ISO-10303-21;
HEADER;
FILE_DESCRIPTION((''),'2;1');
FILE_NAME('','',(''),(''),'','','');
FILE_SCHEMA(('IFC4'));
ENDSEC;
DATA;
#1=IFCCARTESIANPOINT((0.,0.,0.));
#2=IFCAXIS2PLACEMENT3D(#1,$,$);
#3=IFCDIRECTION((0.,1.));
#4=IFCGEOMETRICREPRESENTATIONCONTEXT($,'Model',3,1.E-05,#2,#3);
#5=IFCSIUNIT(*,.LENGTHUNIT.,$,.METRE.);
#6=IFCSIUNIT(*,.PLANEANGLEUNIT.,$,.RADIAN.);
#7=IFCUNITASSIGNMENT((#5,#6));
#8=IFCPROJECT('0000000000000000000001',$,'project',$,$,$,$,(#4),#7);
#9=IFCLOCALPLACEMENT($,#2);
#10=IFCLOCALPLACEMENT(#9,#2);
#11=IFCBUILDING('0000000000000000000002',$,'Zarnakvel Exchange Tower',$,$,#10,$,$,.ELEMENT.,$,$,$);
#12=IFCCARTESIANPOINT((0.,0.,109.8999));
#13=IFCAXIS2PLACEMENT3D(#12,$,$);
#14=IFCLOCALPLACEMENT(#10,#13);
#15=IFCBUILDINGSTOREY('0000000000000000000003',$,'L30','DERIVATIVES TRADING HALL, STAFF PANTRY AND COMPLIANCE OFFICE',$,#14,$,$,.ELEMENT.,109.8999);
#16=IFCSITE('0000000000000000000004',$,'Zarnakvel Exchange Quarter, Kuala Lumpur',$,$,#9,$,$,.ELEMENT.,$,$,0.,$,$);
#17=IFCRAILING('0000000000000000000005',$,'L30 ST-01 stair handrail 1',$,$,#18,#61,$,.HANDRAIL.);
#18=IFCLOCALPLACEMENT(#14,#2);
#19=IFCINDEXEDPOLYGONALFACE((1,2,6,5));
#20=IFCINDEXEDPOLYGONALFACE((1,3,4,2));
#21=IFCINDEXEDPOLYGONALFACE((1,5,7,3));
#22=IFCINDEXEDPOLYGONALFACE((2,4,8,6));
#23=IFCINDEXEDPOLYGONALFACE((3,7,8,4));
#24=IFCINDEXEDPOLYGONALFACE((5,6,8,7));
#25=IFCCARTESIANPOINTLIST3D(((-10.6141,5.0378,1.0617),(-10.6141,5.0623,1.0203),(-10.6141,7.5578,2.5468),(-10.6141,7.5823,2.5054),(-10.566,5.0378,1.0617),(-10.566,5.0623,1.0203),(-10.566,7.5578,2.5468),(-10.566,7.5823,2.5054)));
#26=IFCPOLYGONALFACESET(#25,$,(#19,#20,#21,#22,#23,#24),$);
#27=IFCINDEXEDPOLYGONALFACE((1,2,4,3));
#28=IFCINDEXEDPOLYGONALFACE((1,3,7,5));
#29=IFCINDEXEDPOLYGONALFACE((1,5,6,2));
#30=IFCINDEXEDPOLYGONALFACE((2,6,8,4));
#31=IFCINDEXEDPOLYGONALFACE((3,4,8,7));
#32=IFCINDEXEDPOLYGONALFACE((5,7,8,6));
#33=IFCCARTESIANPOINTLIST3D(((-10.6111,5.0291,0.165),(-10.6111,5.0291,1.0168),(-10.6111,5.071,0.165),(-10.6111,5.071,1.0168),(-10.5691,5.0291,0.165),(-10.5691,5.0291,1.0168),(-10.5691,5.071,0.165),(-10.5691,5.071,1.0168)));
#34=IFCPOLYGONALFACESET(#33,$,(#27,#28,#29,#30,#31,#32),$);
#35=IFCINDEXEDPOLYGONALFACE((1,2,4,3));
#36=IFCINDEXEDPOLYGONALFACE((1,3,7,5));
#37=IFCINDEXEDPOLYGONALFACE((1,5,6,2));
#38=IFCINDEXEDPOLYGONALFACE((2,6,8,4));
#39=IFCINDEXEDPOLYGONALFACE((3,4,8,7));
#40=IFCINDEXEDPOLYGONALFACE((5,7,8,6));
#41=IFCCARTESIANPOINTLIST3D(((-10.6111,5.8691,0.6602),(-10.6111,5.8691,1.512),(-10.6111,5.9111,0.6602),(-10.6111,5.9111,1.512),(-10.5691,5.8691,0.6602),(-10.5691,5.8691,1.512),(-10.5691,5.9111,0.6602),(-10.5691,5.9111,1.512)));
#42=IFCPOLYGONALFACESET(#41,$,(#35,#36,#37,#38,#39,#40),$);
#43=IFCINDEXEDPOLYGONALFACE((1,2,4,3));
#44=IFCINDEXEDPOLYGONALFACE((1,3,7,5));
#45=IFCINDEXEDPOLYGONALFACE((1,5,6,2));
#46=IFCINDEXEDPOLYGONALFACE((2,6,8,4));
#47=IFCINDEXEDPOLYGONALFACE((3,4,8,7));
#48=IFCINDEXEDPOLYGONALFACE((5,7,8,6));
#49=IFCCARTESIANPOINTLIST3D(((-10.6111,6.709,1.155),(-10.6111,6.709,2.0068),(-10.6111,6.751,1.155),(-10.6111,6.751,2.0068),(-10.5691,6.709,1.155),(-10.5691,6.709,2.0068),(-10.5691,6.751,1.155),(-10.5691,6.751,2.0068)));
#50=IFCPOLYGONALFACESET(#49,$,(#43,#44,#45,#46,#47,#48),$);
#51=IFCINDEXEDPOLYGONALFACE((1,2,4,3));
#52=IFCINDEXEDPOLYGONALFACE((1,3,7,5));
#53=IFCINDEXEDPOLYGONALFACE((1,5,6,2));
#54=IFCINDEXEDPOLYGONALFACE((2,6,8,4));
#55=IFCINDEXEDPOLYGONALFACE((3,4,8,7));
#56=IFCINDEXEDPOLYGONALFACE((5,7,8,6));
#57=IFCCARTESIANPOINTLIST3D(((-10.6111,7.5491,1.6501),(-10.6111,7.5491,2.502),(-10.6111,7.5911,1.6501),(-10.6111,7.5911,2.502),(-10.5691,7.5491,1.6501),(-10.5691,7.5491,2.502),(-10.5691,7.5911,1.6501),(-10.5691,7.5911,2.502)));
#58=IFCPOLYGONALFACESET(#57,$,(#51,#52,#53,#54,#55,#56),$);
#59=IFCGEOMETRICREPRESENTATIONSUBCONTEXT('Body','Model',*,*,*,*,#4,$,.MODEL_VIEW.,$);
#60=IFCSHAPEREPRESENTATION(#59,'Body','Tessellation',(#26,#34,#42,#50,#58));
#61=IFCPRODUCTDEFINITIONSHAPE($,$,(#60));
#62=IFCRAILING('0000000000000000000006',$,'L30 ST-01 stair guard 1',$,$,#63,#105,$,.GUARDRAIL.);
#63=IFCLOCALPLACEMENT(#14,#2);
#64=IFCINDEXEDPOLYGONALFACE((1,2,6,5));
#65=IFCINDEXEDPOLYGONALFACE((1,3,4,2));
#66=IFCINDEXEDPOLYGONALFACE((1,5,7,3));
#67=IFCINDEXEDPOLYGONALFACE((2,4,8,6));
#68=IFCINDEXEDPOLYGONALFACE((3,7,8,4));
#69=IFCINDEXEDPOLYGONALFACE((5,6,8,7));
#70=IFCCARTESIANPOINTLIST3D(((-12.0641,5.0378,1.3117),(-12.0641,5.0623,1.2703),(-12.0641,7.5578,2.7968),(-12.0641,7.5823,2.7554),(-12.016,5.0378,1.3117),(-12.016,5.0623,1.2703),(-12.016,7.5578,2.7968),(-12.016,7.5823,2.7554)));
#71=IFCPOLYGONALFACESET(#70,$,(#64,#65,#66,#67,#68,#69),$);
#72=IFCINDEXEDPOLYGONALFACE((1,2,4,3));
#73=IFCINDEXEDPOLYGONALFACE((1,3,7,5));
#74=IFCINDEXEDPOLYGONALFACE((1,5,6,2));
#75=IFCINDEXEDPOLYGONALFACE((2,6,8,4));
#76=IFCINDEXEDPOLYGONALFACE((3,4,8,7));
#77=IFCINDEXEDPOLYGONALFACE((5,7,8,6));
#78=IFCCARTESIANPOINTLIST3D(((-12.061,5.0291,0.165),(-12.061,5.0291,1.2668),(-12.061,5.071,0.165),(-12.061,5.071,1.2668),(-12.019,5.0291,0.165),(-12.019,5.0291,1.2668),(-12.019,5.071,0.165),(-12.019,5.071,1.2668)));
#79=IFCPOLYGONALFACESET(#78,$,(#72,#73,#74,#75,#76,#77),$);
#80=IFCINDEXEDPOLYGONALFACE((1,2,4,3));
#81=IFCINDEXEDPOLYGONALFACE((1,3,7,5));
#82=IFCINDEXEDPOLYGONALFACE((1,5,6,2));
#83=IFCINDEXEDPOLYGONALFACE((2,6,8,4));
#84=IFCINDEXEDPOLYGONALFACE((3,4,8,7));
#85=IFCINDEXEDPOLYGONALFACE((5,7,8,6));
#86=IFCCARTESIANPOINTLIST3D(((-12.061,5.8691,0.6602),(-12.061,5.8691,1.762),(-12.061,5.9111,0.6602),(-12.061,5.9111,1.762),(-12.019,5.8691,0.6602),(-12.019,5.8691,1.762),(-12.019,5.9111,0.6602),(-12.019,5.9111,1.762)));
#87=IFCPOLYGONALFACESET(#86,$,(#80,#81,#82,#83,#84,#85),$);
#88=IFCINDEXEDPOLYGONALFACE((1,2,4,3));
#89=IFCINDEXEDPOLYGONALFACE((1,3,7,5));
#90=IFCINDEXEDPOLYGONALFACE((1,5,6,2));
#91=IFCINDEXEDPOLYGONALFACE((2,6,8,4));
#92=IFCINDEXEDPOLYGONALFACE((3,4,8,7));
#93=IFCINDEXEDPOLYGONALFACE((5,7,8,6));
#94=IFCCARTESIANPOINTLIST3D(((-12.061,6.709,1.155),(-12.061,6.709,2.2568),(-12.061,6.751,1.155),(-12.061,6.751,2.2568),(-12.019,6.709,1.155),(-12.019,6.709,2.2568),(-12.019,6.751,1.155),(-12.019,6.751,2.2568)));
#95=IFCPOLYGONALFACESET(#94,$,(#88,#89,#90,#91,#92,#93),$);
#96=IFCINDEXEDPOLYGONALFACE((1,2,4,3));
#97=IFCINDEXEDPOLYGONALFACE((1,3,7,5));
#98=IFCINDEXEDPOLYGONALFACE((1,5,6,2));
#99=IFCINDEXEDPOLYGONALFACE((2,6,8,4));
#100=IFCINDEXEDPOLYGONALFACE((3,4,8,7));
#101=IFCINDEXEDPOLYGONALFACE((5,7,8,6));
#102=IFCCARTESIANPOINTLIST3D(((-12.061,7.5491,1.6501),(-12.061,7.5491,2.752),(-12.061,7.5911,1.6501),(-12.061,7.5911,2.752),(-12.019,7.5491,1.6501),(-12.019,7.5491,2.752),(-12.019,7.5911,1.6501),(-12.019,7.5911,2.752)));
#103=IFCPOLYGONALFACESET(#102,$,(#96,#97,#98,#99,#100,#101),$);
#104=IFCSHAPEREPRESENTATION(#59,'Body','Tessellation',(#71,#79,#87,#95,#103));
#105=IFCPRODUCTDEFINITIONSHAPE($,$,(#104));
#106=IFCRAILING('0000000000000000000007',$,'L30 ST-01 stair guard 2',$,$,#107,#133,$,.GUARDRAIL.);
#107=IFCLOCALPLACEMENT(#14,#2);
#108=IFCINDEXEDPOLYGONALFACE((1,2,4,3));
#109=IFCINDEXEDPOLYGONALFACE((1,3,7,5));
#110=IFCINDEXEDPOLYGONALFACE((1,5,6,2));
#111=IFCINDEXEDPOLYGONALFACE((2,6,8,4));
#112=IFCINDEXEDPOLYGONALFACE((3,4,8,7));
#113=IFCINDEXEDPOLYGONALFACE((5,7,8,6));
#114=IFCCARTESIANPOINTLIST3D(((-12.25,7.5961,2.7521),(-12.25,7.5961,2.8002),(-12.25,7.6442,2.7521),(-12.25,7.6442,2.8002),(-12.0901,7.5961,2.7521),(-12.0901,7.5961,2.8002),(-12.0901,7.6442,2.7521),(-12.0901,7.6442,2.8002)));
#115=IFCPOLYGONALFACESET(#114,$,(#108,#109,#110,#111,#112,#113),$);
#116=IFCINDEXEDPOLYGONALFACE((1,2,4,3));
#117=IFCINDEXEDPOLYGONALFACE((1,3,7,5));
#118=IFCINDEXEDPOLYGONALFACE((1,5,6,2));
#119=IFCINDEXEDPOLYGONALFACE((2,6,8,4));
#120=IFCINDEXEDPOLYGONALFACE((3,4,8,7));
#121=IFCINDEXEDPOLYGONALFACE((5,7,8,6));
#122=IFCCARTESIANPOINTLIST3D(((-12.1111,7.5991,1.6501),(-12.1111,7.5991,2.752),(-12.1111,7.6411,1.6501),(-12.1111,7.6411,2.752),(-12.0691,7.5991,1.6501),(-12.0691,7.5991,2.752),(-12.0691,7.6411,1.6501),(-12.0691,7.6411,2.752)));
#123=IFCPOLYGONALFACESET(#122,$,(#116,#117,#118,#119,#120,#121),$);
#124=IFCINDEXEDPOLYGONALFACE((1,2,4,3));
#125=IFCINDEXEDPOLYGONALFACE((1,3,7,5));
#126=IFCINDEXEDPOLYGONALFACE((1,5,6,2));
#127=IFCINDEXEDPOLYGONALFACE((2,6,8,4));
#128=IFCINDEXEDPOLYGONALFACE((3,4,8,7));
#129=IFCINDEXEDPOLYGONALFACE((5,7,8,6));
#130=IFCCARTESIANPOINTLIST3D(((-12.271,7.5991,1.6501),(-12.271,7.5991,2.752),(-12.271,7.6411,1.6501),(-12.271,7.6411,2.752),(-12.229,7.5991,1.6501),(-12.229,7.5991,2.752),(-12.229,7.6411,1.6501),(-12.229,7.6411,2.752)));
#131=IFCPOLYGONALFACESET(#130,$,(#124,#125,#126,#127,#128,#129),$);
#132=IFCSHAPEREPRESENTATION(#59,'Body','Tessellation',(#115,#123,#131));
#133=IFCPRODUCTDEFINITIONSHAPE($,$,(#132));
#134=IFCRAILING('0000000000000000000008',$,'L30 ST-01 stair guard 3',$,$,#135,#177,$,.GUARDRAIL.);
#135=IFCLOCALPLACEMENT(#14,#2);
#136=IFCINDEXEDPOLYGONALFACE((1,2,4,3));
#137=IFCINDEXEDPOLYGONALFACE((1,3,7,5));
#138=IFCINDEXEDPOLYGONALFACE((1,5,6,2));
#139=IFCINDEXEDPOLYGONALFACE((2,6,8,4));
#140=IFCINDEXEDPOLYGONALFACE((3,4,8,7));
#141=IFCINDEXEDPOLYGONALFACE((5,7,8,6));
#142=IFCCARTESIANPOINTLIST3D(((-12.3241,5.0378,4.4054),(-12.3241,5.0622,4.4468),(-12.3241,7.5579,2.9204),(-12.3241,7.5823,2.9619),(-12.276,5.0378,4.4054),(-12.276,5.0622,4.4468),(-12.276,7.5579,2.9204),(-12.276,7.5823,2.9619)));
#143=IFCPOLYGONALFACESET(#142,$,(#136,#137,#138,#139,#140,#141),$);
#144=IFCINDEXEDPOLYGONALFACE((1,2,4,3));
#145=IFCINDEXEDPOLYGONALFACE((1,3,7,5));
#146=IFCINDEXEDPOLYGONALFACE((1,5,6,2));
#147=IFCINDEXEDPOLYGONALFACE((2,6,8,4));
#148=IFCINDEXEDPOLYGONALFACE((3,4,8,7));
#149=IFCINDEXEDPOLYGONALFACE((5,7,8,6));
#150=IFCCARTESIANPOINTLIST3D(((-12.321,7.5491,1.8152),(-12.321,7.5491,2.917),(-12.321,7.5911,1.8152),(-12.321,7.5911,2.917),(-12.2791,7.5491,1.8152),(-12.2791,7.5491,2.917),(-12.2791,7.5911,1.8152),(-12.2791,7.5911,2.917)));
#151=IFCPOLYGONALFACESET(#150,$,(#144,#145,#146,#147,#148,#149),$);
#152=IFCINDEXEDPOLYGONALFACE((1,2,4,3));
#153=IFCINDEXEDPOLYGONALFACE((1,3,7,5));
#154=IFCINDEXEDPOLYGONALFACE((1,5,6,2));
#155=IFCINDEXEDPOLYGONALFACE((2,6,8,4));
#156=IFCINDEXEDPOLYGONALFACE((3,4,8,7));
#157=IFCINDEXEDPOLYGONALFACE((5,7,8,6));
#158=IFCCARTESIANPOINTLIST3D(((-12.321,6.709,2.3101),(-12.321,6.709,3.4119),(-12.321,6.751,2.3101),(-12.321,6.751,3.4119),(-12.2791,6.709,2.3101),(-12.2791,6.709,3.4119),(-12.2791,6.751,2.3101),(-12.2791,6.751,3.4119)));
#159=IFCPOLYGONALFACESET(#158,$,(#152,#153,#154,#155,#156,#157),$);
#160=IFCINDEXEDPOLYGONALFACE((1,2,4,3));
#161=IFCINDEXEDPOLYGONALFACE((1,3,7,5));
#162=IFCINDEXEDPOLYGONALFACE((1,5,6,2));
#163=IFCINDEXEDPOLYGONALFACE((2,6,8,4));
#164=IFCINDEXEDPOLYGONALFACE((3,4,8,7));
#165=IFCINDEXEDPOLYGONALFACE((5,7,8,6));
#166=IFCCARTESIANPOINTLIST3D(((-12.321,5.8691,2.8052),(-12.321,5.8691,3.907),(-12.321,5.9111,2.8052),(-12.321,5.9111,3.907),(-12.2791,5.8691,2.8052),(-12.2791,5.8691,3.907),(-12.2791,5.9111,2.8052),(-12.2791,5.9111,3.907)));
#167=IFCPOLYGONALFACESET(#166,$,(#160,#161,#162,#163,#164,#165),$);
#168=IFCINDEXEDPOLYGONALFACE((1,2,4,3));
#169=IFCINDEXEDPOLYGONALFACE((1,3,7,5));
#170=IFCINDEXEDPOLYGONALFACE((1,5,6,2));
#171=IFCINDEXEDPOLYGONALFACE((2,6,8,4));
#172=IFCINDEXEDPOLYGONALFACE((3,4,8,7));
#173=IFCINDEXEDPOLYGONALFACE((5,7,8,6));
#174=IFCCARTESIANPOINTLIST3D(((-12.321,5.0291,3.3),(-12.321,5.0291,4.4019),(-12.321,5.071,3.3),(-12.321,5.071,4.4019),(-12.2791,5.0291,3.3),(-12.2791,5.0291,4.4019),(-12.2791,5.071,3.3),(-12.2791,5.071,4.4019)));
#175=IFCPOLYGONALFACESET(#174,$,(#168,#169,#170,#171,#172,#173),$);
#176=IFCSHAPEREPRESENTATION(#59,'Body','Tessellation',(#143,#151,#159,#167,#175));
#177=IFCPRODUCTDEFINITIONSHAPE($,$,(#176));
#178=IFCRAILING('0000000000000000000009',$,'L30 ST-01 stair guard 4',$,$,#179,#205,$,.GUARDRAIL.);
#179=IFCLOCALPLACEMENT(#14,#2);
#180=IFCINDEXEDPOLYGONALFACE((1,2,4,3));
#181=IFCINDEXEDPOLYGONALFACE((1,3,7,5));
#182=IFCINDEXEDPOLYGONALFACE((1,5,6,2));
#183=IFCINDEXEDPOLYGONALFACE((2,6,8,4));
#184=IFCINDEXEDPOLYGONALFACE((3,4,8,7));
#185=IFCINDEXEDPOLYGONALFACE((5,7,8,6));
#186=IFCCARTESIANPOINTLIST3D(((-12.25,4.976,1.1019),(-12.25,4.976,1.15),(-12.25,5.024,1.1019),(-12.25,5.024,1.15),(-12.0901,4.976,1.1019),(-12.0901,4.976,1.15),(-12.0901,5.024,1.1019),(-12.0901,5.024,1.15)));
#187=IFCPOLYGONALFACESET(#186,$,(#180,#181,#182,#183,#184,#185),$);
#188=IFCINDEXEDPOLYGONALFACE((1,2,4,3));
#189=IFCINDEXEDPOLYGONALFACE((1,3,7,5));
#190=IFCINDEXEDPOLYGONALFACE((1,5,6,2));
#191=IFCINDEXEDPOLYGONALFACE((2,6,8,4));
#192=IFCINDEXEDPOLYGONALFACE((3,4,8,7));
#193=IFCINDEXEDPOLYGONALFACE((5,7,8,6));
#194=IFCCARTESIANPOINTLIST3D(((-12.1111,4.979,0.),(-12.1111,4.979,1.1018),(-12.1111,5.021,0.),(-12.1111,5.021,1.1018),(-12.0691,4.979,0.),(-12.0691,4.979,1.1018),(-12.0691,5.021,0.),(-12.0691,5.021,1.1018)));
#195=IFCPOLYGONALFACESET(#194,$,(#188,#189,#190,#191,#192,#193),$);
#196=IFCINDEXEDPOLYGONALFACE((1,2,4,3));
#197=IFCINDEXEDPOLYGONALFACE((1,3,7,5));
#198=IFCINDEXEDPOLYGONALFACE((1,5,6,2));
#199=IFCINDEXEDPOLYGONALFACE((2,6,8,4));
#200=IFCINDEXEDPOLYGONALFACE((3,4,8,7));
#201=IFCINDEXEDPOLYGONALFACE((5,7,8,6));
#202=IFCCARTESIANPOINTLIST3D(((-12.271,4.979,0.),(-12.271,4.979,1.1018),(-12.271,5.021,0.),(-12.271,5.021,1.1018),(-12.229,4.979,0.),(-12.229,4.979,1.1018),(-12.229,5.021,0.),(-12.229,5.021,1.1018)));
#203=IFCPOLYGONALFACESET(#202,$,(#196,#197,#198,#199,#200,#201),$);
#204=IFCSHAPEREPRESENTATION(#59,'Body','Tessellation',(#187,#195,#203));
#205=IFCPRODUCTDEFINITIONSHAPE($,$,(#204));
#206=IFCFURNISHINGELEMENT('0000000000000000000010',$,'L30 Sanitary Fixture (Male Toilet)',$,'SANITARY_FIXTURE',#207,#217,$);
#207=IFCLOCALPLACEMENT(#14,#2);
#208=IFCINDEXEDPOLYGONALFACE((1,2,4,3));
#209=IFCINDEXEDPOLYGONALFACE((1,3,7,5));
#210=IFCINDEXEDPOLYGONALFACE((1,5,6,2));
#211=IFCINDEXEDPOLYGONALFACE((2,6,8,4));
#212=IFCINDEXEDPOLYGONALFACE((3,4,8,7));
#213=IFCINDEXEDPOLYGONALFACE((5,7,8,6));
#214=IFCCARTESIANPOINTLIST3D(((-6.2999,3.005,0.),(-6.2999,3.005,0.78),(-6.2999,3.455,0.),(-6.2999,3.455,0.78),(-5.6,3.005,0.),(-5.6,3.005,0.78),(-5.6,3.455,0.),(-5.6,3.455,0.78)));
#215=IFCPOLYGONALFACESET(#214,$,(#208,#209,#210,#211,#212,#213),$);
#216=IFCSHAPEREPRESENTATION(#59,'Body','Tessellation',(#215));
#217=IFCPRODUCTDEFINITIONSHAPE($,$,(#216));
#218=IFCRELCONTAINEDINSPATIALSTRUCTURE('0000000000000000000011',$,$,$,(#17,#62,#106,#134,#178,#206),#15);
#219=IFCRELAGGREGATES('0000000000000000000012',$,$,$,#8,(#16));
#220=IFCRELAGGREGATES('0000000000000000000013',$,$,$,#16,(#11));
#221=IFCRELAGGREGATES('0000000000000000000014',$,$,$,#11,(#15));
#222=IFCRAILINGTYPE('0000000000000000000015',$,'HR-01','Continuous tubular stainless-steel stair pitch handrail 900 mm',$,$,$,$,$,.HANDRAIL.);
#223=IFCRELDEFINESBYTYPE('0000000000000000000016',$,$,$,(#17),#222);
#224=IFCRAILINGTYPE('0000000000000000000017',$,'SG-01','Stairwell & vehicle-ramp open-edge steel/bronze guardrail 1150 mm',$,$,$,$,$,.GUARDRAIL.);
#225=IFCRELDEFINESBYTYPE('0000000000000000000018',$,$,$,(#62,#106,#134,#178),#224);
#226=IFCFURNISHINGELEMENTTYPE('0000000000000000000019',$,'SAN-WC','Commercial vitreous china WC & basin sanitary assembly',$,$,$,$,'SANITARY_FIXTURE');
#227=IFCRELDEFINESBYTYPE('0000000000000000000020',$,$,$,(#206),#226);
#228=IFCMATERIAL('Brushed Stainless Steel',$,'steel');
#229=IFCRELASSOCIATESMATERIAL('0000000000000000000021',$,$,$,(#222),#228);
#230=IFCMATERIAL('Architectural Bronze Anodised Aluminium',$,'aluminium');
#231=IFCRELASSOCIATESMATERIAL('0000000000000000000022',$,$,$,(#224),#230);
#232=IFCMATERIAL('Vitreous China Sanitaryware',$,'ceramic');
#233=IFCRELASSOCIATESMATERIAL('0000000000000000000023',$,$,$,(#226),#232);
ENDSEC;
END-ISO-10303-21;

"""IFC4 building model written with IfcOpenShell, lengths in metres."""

from ifc_helpers import new_model, si_unit, direction, frame, origin, origin_2d, place, context, subcontext, project, spatial, rectangle, extrude, source, transform, mapped, material, type_object, element, save


model = new_model("IFC4")

# Units and contexts
model_context = context("Model", 3, precision=1e-05, world=origin(), true_north=direction((0.0, 1.0)))
body_context = subcontext(model_context, "Body", "Model", "MODEL_VIEW")
ifc_project = project(units=[si_unit("LENGTHUNIT", "METRE"), si_unit("PLANEANGLEUNIT", "RADIAN")], contexts=[model_context])

# Site, building, storey
site_placement = place(None, origin())
site = spatial("IfcSite", under=ifc_project, at=site_placement, Name="Zarnakvel Exchange Quarter, Kuala Lumpur", CompositionType="ELEMENT", RefElevation=0.0)
building_placement = place(site_placement, origin())
building = spatial("IfcBuilding", under=site, at=building_placement, Name="Zarnakvel Exchange Tower", CompositionType="ELEMENT")
storey_placement = place(building_placement, frame((0.0, 0.0, 109.8999)))
storey = spatial("IfcBuildingStorey", under=building, at=storey_placement, Name="L30", Description="DERIVATIVES TRADING HALL, STAFF PANTRY AND COMPLIANCE OFFICE", CompositionType="ELEMENT", Elevation=109.8999)

# Shared definitions
ifc_material_1 = material(Name="Brushed Stainless Steel", Category="steel")

# Shared definitions
ifc_material_2 = material(Name="Architectural Bronze Anodised Aluminium", Category="aluminium")

# Railings
railing_type_1 = type_object("IfcRailingType", Name="HR-01", Description="Continuous tubular stainless-steel stair pitch handrail 900 mm", PredefinedType="HANDRAIL", material=ifc_material_1)
railing_1_placement = place(storey_placement, frame((-10.5901, 5.05, 0.165)))
element("IfcRailing", 1, at=railing_1_placement, inside=storey, type_object=railing_type_1, Name="L30 ST-01 stair handrail 1", PredefinedType="HANDRAIL", context=body_context, shape_type="SweptSolid", body=[
    extrude(rectangle(XDim=0.0481, YDim=0.0481, at=origin_2d()), frame((0.0, 0.0, 0.876), z_axis=(0.0, 0.861524, 0.507717), x_axis=(-1.0, 0.0, 0.0)), (0.0, 0.0, 1.0), 2.925),
    extrude(rectangle(XDim=0.042, YDim=0.042, at=origin_2d()), origin(), (0.0, 0.0, 1.0), 0.8518),
    extrude(rectangle(XDim=0.042, YDim=0.042, at=origin_2d()), frame((0.0, 0.8401, 0.4951)), (0.0, 0.0, 1.0), 0.8518),
    extrude(rectangle(XDim=0.042, YDim=0.042, at=origin_2d()), frame((0.0, 1.6799, 0.99)), (0.0, 0.0, 1.0), 0.8518),
    extrude(rectangle(XDim=0.042, YDim=0.042, at=origin_2d()), frame((0.0, 2.52, 1.4851)), (0.0, 0.0, 1.0), 0.8518),
])
railing_type_2 = type_object("IfcRailingType", Name="SG-01", Description="Stairwell & vehicle-ramp open-edge steel/bronze guardrail 1150 mm", PredefinedType="GUARDRAIL", material=ifc_material_2)
railing_2_placement = place(storey_placement, frame((-12.04, 5.05, 0.165)))
element("IfcRailing", 2, at=railing_2_placement, inside=storey, type_object=railing_type_2, Name="L30 ST-01 stair guard 1", PredefinedType="GUARDRAIL", context=body_context, shape_type="SweptSolid", body=[
    extrude(rectangle(XDim=0.0481, YDim=0.0481, at=origin_2d()), frame((0.0, 0.0, 1.126), z_axis=(0.0, 0.861524, 0.507717), x_axis=(-1.0, 0.0, 0.0)), (0.0, 0.0, 1.0), 2.925),
    extrude(rectangle(XDim=0.042, YDim=0.042, at=origin_2d()), origin(), (0.0, 0.0, 1.0), 1.1018),
    extrude(rectangle(XDim=0.042, YDim=0.042, at=origin_2d()), frame((0.0, 0.8401, 0.4951)), (0.0, 0.0, 1.0), 1.1018),
    extrude(rectangle(XDim=0.042, YDim=0.042, at=origin_2d()), frame((0.0, 1.6799, 0.99)), (0.0, 0.0, 1.0), 1.1018),
    extrude(rectangle(XDim=0.042, YDim=0.042, at=origin_2d()), frame((0.0, 2.52, 1.4851)), (0.0, 0.0, 1.0), 1.1018),
])
railing_3_placement = place(storey_placement, frame((-12.0901, 7.6201, 1.6501)))
element("IfcRailing", 3, at=railing_3_placement, inside=storey, type_object=railing_type_2, Name="L30 ST-01 stair guard 2", PredefinedType="GUARDRAIL", context=body_context, shape_type="SweptSolid", body=[
    extrude(rectangle(XDim=0.0481, YDim=0.0481, at=origin_2d()), frame((0.0, 0.0, 1.126), z_axis=(-1.0, 0.0, 0.0), x_axis=(0.0, -1.0, 0.0)), (0.0, 0.0, 1.0), 0.1599),
    extrude(rectangle(XDim=0.042, YDim=0.042, at=origin_2d()), origin(), (0.0, 0.0, 1.0), 1.1018),
    extrude(rectangle(XDim=0.042, YDim=0.042, at=origin_2d()), frame((-0.1599, 0.0, 0.0)), (0.0, 0.0, 1.0), 1.1018),
])
railing_4_placement = place(storey_placement, frame((-12.3, 7.5701, 1.8152)))
element("IfcRailing", 4, at=railing_4_placement, inside=storey, type_object=railing_type_2, Name="L30 ST-01 stair guard 3", PredefinedType="GUARDRAIL", context=body_context, shape_type="SweptSolid", body=[
    extrude(rectangle(XDim=0.0481, YDim=0.0481, at=origin_2d()), frame((0.0, 0.0, 1.126), z_axis=(0.0, -0.861561, 0.507655), x_axis=(1.0, 0.0, 0.0)), (0.0, 0.0, 1.0), 2.925),
    extrude(rectangle(XDim=0.042, YDim=0.042, at=origin_2d()), origin(), (0.0, 0.0, 1.0), 1.1018),
    extrude(rectangle(XDim=0.042, YDim=0.042, at=origin_2d()), frame((0.0, -0.8401, 0.4949)), (0.0, 0.0, 1.0), 1.1018),
    extrude(rectangle(XDim=0.042, YDim=0.042, at=origin_2d()), frame((0.0, -1.6799, 0.99)), (0.0, 0.0, 1.0), 1.1018),
    extrude(rectangle(XDim=0.042, YDim=0.042, at=origin_2d()), frame((0.0, -2.52, 1.4849)), (0.0, 0.0, 1.0), 1.1018),
])
railing_5_placement = place(storey_placement, frame((-12.0901, 5.0, 0.0)))
element("IfcRailing", 5, at=railing_5_placement, inside=storey, type_object=railing_type_2, Name="L30 ST-01 stair guard 4", PredefinedType="GUARDRAIL", context=body_context, shape_type="SweptSolid", body=[
    extrude(rectangle(XDim=0.0481, YDim=0.0481, at=origin_2d()), frame((0.0, 0.0, 1.126), z_axis=(-1.0, 0.0, 0.0), x_axis=(0.0, -1.0, 0.0)), (0.0, 0.0, 1.0), 0.1599),
    extrude(rectangle(XDim=0.042, YDim=0.042, at=origin_2d()), origin(), (0.0, 0.0, 1.0), 1.1018),
    extrude(rectangle(XDim=0.042, YDim=0.042, at=origin_2d()), frame((-0.1599, 0.0, 0.0)), (0.0, 0.0, 1.0), 1.1018),
])

# Furnishing element
ifc_material_3 = material(Name="Vitreous China Sanitaryware", Category="ceramic")
furnishing_element_type = type_object("IfcFurnishingElementType", Name="SAN-WC", Description="Commercial vitreous china WC & basin sanitary assembly", ElementType="SANITARY_FIXTURE", material=ifc_material_3)
shared_shape_1 = source(origin(), body_context, "Body", "SweptSolid", [
    extrude(rectangle(XDim=0.7, YDim=0.45, at=origin_2d()), origin(), (0.0, 0.0, 1.0), 0.78),
])
furnishing_placement = place(storey_placement, frame((-5.95, 3.23, 0.0), z_axis=(0.0, 0.0, 1.0), x_axis=(1.0, 0.0, 0.0)))
element("IfcFurnishingElement", 6, at=furnishing_placement, inside=storey, type_object=furnishing_element_type, Name="L30 Sanitary Fixture (Male Toilet)", ObjectType="SANITARY_FIXTURE", context=body_context, shape_type="MappedRepresentation", body=[
    mapped(shared_shape_1, transform((0.0, 0.0, 0.0), x_axis=(1.0, 0.0, 0.0), y_axis=(0.0, 1.0, 0.0), z_axis=(0.0, 0.0, 1.0), scale=1.0)),
])

save(model, "model.ifc")
